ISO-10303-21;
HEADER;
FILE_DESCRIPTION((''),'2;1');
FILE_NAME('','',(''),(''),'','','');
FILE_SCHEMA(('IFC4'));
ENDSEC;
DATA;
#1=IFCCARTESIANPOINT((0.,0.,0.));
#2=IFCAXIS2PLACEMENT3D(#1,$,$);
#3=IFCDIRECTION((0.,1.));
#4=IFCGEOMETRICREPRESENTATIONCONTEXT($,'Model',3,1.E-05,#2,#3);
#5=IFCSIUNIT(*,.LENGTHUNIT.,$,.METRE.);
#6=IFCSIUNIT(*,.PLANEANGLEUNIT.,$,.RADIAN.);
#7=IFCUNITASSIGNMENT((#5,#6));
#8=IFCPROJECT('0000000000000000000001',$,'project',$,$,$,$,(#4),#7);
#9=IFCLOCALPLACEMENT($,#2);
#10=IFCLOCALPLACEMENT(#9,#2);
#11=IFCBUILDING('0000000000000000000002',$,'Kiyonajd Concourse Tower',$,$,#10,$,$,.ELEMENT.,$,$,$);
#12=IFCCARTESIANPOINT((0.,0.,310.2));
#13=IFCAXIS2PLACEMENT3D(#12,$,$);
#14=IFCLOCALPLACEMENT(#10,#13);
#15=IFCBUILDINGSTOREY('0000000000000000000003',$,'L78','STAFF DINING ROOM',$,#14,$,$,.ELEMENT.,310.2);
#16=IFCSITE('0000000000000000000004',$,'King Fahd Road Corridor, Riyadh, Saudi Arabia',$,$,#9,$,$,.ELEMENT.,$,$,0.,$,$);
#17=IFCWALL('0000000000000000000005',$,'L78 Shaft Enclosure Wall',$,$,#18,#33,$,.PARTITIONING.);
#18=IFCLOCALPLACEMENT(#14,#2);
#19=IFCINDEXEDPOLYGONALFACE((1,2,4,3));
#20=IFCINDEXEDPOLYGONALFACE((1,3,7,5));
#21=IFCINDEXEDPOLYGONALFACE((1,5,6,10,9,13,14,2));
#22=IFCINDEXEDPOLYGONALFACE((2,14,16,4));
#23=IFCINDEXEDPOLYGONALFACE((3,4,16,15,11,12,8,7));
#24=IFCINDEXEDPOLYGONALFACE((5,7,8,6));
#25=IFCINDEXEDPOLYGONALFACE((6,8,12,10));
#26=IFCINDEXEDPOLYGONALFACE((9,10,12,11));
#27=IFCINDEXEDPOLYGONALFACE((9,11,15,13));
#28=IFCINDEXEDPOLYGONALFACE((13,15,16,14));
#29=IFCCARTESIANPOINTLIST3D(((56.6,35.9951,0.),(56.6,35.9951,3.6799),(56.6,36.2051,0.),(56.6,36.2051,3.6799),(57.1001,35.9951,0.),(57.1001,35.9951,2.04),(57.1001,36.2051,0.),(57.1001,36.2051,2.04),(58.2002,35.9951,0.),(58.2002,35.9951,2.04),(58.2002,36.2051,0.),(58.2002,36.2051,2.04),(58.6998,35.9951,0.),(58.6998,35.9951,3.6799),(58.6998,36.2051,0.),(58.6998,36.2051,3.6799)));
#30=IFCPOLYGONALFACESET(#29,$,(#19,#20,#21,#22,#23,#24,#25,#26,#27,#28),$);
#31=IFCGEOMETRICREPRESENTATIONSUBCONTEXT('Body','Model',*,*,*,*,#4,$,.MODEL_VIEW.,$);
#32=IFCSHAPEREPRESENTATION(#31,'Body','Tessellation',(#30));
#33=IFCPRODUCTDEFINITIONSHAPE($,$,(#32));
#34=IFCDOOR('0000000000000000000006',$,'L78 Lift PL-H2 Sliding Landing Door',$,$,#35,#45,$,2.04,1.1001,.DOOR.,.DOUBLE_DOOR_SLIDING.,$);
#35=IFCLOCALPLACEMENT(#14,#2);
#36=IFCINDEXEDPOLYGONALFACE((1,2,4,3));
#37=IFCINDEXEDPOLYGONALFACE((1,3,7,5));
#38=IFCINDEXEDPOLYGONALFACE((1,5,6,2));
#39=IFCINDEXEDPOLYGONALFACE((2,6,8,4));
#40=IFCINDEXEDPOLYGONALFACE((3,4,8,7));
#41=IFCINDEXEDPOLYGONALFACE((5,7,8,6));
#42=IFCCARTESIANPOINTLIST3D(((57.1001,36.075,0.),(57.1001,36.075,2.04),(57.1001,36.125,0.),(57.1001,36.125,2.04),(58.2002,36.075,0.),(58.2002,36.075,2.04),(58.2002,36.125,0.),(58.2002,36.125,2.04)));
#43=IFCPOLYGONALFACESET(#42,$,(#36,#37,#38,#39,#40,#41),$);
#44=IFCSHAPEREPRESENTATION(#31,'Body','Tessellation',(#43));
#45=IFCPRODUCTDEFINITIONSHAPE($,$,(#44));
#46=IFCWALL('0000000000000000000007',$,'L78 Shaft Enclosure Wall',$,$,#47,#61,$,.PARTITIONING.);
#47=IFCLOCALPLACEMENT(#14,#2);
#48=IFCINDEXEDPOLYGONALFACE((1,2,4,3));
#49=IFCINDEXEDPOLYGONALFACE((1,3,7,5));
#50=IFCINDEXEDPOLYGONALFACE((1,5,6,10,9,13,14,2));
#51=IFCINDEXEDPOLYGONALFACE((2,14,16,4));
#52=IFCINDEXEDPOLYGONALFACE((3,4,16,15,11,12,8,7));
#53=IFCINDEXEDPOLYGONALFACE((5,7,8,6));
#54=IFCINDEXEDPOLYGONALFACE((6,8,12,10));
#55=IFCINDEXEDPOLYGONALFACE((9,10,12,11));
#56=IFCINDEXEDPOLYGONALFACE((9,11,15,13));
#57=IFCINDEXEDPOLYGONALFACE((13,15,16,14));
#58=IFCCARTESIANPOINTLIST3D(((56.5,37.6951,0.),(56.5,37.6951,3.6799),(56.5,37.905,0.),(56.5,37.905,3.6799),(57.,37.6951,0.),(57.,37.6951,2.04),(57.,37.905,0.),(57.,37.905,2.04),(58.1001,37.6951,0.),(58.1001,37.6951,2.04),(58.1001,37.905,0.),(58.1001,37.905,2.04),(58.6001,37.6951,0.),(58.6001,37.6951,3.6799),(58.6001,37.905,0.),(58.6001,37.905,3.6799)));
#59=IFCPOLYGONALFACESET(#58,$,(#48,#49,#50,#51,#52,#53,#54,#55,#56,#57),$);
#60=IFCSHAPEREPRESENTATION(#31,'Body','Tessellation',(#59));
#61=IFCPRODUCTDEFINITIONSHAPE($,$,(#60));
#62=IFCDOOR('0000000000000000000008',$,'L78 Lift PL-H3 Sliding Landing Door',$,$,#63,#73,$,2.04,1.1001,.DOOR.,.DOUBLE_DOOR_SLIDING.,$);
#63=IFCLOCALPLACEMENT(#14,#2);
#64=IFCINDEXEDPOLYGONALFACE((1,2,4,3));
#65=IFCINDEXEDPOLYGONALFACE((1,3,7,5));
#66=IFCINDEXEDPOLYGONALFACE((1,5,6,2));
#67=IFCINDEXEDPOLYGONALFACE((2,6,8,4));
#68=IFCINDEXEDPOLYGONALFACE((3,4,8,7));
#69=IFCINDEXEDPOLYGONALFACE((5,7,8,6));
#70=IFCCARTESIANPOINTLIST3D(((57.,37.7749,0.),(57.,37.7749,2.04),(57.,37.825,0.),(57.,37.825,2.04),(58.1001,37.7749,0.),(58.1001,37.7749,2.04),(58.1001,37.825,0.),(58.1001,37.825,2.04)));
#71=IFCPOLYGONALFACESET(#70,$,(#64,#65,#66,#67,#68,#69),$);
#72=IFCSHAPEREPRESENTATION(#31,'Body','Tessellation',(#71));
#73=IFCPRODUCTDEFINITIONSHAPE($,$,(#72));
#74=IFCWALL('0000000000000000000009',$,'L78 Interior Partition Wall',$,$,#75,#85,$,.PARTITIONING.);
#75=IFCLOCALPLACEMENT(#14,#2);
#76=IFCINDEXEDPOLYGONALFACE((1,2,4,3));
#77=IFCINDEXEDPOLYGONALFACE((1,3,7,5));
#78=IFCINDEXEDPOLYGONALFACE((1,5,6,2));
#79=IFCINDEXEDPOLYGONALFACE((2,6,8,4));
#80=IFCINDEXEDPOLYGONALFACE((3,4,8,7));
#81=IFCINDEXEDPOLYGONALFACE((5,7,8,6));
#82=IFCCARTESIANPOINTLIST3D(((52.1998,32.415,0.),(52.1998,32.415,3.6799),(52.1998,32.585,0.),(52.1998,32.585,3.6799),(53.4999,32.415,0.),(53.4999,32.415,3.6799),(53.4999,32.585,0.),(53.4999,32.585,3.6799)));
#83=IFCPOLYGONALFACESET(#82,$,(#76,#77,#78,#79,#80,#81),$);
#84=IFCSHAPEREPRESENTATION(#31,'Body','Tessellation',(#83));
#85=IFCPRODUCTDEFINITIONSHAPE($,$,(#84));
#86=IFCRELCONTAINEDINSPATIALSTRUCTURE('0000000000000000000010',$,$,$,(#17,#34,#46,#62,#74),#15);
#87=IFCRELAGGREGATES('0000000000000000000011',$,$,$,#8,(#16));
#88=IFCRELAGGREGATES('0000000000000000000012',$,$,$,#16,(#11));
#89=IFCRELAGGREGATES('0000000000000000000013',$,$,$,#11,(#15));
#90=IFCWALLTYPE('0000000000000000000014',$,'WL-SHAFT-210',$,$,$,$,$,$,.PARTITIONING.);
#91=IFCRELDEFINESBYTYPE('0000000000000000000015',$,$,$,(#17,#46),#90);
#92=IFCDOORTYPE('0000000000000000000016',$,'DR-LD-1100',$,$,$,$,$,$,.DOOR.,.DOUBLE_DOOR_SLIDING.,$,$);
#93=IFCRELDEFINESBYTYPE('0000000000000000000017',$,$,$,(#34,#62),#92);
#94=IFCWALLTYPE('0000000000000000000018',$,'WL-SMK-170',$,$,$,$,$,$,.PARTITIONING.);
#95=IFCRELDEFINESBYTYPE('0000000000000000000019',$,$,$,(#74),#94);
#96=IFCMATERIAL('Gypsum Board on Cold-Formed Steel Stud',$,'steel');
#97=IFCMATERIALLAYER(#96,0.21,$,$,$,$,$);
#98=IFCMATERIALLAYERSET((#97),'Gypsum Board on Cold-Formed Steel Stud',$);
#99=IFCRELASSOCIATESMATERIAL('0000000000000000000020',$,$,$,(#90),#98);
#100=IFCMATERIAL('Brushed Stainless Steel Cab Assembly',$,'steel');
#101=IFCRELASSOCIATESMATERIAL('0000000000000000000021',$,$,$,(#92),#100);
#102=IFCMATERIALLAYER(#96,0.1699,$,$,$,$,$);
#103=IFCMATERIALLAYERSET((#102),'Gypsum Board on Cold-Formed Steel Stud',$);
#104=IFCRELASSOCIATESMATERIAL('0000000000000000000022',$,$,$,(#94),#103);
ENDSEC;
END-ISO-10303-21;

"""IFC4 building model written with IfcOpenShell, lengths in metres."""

from ifc_helpers import new_model, si_unit, direction, frame, frame_2d, origin, place, context, subcontext, project, spatial, rectangle, extrude, material, layer, layer_set, type_object, element, fill, save


model = new_model("IFC4")

# Units and contexts
model_context = context("Model", 3, precision=1e-05, world=origin(), true_north=direction((0.0, 1.0)))
body_context = subcontext(model_context, "Body", "Model", "MODEL_VIEW")
ifc_project = project(units=[si_unit("LENGTHUNIT", "METRE"), si_unit("PLANEANGLEUNIT", "RADIAN")], contexts=[model_context])

# Site, building, storey
site_placement = place(None, origin())
site = spatial("IfcSite", under=ifc_project, at=site_placement, Name="King Fahd Road Corridor, Riyadh, Saudi Arabia", CompositionType="ELEMENT", RefElevation=0.0)
building_placement = place(site_placement, origin())
building = spatial("IfcBuilding", under=site, at=building_placement, Name="Kiyonajd Concourse Tower", CompositionType="ELEMENT")
storey_placement = place(building_placement, frame((0.0, 0.0, 310.2)))
storey = spatial("IfcBuildingStorey", under=building, at=storey_placement, Name="L78", Description="STAFF DINING ROOM", CompositionType="ELEMENT", Elevation=310.2)

# Shared definitions
ifc_material_1 = material(Name="Gypsum Board on Cold-Formed Steel Stud", Category="steel")
ifc_layer_1 = layer(ifc_material_1, 0.21)
ifc_layer_set_1 = layer_set([ifc_layer_1], Name="Gypsum Board on Cold-Formed Steel Stud")
wall_type_1 = type_object("IfcWallType", Name="WL-SHAFT-210", PredefinedType="PARTITIONING", material=ifc_layer_set_1)
ifc_material_2 = material(Name="Brushed Stainless Steel Cab Assembly", Category="steel")

# Shared definitions
door_type_1 = type_object("IfcDoorType", Name="DR-LD-1100", OperationType="DOUBLE_DOOR_SLIDING", PredefinedType="DOOR", material=ifc_material_2)

# Walls, openings, doors
wall_1_placement = place(storey_placement, frame((56.6001, 36.1001, 0.0), z_axis=(0.0, 0.0, 1.0), x_axis=(1.0, 0.0, 0.0)))
wall_1 = element("IfcWall", 1, at=wall_1_placement, inside=storey, type_object=wall_type_1, Name="L78 Shaft Enclosure Wall", PredefinedType="PARTITIONING", context=body_context, shape_type="SweptSolid", body=[
    extrude(rectangle(XDim=2.0999, YDim=0.21, at=frame_2d((1.0498, 0.0))), origin(), (0.0, 0.0, 1.0), 3.6799),
])
opening_1_placement = place(wall_1_placement, frame((0.5, 0.0, 0.0)))
opening_1 = element("IfcOpeningElement", 2, at=opening_1_placement, cuts=wall_1, PredefinedType="OPENING", context=body_context, shape_type="SweptSolid", body=[
    extrude(rectangle(XDim=1.1001, YDim=2.04, at=frame_2d((0.55, 1.02))), frame((0.0, 0.115, 0.0), z_axis=(0.0, -1.0, 0.0), x_axis=(1.0, 0.0, 0.0)), (0.0, 0.0, 1.0), 0.23),
])
door_1_placement = place(opening_1_placement, origin())
door_1 = element("IfcDoor", 3, at=door_1_placement, inside=storey, type_object=door_type_1, Name="L78 Lift PL-H2 Sliding Landing Door", OperationType="DOUBLE_DOOR_SLIDING", OverallHeight=2.04, OverallWidth=1.1001, PredefinedType="DOOR", context=body_context, shape_type="SweptSolid", body=[
    extrude(rectangle(XDim=1.1001, YDim=2.04, at=frame_2d((0.55, 1.02))), frame((0.0, 0.0249, 0.0), z_axis=(0.0, -1.0, 0.0), x_axis=(1.0, 0.0, 0.0)), (0.0, 0.0, 1.0), 0.05),
])
fill(opening_1, door_1)
wall_2_placement = place(storey_placement, frame((56.5, 37.8, 0.0), z_axis=(0.0, 0.0, 1.0), x_axis=(1.0, 0.0, 0.0)))
wall_2 = element("IfcWall", 4, at=wall_2_placement, inside=storey, type_object=wall_type_1, Name="L78 Shaft Enclosure Wall", PredefinedType="PARTITIONING", context=body_context, shape_type="SweptSolid", body=[
    extrude(rectangle(XDim=2.1001, YDim=0.21, at=frame_2d((1.05, 0.0))), origin(), (0.0, 0.0, 1.0), 3.6799),
])
opening_2_placement = place(wall_2_placement, frame((0.5, 0.0, 0.0)))
opening_2 = element("IfcOpeningElement", 5, at=opening_2_placement, cuts=wall_2, PredefinedType="OPENING", context=body_context, shape_type="SweptSolid", body=[
    extrude(rectangle(XDim=1.1001, YDim=2.04, at=frame_2d((0.55, 1.02))), frame((0.0, 0.115, 0.0), z_axis=(0.0, -1.0, 0.0), x_axis=(1.0, 0.0, 0.0)), (0.0, 0.0, 1.0), 0.23),
])
door_2_placement = place(opening_2_placement, origin())
door_2 = element("IfcDoor", 6, at=door_2_placement, inside=storey, type_object=door_type_1, Name="L78 Lift PL-H3 Sliding Landing Door", OperationType="DOUBLE_DOOR_SLIDING", OverallHeight=2.04, OverallWidth=1.1001, PredefinedType="DOOR", context=body_context, shape_type="SweptSolid", body=[
    extrude(rectangle(XDim=1.1001, YDim=2.04, at=frame_2d((0.55, 1.02))), frame((0.0, 0.0249, 0.0), z_axis=(0.0, -1.0, 0.0), x_axis=(1.0, 0.0, 0.0)), (0.0, 0.0, 1.0), 0.05),
])
fill(opening_2, door_2)

# Wall
ifc_layer_2 = layer(ifc_material_1, 0.1699)
ifc_layer_set_2 = layer_set([ifc_layer_2], Name="Gypsum Board on Cold-Formed Steel Stud")
wall_type_2 = type_object("IfcWallType", Name="WL-SMK-170", PredefinedType="PARTITIONING", material=ifc_layer_set_2)
wall_3_placement = place(storey_placement, frame((52.2, 32.5, 0.0), z_axis=(0.0, 0.0, 1.0), x_axis=(1.0, 0.0, 0.0)))
element("IfcWall", 7, at=wall_3_placement, inside=storey, type_object=wall_type_2, Name="L78 Interior Partition Wall", PredefinedType="PARTITIONING", context=body_context, shape_type="SweptSolid", body=[
    extrude(rectangle(XDim=1.3, YDim=0.1699, at=frame_2d((0.6499, 0.0))), origin(), (0.0, 0.0, 1.0), 3.6799),
])

save(model, "model.ifc")
